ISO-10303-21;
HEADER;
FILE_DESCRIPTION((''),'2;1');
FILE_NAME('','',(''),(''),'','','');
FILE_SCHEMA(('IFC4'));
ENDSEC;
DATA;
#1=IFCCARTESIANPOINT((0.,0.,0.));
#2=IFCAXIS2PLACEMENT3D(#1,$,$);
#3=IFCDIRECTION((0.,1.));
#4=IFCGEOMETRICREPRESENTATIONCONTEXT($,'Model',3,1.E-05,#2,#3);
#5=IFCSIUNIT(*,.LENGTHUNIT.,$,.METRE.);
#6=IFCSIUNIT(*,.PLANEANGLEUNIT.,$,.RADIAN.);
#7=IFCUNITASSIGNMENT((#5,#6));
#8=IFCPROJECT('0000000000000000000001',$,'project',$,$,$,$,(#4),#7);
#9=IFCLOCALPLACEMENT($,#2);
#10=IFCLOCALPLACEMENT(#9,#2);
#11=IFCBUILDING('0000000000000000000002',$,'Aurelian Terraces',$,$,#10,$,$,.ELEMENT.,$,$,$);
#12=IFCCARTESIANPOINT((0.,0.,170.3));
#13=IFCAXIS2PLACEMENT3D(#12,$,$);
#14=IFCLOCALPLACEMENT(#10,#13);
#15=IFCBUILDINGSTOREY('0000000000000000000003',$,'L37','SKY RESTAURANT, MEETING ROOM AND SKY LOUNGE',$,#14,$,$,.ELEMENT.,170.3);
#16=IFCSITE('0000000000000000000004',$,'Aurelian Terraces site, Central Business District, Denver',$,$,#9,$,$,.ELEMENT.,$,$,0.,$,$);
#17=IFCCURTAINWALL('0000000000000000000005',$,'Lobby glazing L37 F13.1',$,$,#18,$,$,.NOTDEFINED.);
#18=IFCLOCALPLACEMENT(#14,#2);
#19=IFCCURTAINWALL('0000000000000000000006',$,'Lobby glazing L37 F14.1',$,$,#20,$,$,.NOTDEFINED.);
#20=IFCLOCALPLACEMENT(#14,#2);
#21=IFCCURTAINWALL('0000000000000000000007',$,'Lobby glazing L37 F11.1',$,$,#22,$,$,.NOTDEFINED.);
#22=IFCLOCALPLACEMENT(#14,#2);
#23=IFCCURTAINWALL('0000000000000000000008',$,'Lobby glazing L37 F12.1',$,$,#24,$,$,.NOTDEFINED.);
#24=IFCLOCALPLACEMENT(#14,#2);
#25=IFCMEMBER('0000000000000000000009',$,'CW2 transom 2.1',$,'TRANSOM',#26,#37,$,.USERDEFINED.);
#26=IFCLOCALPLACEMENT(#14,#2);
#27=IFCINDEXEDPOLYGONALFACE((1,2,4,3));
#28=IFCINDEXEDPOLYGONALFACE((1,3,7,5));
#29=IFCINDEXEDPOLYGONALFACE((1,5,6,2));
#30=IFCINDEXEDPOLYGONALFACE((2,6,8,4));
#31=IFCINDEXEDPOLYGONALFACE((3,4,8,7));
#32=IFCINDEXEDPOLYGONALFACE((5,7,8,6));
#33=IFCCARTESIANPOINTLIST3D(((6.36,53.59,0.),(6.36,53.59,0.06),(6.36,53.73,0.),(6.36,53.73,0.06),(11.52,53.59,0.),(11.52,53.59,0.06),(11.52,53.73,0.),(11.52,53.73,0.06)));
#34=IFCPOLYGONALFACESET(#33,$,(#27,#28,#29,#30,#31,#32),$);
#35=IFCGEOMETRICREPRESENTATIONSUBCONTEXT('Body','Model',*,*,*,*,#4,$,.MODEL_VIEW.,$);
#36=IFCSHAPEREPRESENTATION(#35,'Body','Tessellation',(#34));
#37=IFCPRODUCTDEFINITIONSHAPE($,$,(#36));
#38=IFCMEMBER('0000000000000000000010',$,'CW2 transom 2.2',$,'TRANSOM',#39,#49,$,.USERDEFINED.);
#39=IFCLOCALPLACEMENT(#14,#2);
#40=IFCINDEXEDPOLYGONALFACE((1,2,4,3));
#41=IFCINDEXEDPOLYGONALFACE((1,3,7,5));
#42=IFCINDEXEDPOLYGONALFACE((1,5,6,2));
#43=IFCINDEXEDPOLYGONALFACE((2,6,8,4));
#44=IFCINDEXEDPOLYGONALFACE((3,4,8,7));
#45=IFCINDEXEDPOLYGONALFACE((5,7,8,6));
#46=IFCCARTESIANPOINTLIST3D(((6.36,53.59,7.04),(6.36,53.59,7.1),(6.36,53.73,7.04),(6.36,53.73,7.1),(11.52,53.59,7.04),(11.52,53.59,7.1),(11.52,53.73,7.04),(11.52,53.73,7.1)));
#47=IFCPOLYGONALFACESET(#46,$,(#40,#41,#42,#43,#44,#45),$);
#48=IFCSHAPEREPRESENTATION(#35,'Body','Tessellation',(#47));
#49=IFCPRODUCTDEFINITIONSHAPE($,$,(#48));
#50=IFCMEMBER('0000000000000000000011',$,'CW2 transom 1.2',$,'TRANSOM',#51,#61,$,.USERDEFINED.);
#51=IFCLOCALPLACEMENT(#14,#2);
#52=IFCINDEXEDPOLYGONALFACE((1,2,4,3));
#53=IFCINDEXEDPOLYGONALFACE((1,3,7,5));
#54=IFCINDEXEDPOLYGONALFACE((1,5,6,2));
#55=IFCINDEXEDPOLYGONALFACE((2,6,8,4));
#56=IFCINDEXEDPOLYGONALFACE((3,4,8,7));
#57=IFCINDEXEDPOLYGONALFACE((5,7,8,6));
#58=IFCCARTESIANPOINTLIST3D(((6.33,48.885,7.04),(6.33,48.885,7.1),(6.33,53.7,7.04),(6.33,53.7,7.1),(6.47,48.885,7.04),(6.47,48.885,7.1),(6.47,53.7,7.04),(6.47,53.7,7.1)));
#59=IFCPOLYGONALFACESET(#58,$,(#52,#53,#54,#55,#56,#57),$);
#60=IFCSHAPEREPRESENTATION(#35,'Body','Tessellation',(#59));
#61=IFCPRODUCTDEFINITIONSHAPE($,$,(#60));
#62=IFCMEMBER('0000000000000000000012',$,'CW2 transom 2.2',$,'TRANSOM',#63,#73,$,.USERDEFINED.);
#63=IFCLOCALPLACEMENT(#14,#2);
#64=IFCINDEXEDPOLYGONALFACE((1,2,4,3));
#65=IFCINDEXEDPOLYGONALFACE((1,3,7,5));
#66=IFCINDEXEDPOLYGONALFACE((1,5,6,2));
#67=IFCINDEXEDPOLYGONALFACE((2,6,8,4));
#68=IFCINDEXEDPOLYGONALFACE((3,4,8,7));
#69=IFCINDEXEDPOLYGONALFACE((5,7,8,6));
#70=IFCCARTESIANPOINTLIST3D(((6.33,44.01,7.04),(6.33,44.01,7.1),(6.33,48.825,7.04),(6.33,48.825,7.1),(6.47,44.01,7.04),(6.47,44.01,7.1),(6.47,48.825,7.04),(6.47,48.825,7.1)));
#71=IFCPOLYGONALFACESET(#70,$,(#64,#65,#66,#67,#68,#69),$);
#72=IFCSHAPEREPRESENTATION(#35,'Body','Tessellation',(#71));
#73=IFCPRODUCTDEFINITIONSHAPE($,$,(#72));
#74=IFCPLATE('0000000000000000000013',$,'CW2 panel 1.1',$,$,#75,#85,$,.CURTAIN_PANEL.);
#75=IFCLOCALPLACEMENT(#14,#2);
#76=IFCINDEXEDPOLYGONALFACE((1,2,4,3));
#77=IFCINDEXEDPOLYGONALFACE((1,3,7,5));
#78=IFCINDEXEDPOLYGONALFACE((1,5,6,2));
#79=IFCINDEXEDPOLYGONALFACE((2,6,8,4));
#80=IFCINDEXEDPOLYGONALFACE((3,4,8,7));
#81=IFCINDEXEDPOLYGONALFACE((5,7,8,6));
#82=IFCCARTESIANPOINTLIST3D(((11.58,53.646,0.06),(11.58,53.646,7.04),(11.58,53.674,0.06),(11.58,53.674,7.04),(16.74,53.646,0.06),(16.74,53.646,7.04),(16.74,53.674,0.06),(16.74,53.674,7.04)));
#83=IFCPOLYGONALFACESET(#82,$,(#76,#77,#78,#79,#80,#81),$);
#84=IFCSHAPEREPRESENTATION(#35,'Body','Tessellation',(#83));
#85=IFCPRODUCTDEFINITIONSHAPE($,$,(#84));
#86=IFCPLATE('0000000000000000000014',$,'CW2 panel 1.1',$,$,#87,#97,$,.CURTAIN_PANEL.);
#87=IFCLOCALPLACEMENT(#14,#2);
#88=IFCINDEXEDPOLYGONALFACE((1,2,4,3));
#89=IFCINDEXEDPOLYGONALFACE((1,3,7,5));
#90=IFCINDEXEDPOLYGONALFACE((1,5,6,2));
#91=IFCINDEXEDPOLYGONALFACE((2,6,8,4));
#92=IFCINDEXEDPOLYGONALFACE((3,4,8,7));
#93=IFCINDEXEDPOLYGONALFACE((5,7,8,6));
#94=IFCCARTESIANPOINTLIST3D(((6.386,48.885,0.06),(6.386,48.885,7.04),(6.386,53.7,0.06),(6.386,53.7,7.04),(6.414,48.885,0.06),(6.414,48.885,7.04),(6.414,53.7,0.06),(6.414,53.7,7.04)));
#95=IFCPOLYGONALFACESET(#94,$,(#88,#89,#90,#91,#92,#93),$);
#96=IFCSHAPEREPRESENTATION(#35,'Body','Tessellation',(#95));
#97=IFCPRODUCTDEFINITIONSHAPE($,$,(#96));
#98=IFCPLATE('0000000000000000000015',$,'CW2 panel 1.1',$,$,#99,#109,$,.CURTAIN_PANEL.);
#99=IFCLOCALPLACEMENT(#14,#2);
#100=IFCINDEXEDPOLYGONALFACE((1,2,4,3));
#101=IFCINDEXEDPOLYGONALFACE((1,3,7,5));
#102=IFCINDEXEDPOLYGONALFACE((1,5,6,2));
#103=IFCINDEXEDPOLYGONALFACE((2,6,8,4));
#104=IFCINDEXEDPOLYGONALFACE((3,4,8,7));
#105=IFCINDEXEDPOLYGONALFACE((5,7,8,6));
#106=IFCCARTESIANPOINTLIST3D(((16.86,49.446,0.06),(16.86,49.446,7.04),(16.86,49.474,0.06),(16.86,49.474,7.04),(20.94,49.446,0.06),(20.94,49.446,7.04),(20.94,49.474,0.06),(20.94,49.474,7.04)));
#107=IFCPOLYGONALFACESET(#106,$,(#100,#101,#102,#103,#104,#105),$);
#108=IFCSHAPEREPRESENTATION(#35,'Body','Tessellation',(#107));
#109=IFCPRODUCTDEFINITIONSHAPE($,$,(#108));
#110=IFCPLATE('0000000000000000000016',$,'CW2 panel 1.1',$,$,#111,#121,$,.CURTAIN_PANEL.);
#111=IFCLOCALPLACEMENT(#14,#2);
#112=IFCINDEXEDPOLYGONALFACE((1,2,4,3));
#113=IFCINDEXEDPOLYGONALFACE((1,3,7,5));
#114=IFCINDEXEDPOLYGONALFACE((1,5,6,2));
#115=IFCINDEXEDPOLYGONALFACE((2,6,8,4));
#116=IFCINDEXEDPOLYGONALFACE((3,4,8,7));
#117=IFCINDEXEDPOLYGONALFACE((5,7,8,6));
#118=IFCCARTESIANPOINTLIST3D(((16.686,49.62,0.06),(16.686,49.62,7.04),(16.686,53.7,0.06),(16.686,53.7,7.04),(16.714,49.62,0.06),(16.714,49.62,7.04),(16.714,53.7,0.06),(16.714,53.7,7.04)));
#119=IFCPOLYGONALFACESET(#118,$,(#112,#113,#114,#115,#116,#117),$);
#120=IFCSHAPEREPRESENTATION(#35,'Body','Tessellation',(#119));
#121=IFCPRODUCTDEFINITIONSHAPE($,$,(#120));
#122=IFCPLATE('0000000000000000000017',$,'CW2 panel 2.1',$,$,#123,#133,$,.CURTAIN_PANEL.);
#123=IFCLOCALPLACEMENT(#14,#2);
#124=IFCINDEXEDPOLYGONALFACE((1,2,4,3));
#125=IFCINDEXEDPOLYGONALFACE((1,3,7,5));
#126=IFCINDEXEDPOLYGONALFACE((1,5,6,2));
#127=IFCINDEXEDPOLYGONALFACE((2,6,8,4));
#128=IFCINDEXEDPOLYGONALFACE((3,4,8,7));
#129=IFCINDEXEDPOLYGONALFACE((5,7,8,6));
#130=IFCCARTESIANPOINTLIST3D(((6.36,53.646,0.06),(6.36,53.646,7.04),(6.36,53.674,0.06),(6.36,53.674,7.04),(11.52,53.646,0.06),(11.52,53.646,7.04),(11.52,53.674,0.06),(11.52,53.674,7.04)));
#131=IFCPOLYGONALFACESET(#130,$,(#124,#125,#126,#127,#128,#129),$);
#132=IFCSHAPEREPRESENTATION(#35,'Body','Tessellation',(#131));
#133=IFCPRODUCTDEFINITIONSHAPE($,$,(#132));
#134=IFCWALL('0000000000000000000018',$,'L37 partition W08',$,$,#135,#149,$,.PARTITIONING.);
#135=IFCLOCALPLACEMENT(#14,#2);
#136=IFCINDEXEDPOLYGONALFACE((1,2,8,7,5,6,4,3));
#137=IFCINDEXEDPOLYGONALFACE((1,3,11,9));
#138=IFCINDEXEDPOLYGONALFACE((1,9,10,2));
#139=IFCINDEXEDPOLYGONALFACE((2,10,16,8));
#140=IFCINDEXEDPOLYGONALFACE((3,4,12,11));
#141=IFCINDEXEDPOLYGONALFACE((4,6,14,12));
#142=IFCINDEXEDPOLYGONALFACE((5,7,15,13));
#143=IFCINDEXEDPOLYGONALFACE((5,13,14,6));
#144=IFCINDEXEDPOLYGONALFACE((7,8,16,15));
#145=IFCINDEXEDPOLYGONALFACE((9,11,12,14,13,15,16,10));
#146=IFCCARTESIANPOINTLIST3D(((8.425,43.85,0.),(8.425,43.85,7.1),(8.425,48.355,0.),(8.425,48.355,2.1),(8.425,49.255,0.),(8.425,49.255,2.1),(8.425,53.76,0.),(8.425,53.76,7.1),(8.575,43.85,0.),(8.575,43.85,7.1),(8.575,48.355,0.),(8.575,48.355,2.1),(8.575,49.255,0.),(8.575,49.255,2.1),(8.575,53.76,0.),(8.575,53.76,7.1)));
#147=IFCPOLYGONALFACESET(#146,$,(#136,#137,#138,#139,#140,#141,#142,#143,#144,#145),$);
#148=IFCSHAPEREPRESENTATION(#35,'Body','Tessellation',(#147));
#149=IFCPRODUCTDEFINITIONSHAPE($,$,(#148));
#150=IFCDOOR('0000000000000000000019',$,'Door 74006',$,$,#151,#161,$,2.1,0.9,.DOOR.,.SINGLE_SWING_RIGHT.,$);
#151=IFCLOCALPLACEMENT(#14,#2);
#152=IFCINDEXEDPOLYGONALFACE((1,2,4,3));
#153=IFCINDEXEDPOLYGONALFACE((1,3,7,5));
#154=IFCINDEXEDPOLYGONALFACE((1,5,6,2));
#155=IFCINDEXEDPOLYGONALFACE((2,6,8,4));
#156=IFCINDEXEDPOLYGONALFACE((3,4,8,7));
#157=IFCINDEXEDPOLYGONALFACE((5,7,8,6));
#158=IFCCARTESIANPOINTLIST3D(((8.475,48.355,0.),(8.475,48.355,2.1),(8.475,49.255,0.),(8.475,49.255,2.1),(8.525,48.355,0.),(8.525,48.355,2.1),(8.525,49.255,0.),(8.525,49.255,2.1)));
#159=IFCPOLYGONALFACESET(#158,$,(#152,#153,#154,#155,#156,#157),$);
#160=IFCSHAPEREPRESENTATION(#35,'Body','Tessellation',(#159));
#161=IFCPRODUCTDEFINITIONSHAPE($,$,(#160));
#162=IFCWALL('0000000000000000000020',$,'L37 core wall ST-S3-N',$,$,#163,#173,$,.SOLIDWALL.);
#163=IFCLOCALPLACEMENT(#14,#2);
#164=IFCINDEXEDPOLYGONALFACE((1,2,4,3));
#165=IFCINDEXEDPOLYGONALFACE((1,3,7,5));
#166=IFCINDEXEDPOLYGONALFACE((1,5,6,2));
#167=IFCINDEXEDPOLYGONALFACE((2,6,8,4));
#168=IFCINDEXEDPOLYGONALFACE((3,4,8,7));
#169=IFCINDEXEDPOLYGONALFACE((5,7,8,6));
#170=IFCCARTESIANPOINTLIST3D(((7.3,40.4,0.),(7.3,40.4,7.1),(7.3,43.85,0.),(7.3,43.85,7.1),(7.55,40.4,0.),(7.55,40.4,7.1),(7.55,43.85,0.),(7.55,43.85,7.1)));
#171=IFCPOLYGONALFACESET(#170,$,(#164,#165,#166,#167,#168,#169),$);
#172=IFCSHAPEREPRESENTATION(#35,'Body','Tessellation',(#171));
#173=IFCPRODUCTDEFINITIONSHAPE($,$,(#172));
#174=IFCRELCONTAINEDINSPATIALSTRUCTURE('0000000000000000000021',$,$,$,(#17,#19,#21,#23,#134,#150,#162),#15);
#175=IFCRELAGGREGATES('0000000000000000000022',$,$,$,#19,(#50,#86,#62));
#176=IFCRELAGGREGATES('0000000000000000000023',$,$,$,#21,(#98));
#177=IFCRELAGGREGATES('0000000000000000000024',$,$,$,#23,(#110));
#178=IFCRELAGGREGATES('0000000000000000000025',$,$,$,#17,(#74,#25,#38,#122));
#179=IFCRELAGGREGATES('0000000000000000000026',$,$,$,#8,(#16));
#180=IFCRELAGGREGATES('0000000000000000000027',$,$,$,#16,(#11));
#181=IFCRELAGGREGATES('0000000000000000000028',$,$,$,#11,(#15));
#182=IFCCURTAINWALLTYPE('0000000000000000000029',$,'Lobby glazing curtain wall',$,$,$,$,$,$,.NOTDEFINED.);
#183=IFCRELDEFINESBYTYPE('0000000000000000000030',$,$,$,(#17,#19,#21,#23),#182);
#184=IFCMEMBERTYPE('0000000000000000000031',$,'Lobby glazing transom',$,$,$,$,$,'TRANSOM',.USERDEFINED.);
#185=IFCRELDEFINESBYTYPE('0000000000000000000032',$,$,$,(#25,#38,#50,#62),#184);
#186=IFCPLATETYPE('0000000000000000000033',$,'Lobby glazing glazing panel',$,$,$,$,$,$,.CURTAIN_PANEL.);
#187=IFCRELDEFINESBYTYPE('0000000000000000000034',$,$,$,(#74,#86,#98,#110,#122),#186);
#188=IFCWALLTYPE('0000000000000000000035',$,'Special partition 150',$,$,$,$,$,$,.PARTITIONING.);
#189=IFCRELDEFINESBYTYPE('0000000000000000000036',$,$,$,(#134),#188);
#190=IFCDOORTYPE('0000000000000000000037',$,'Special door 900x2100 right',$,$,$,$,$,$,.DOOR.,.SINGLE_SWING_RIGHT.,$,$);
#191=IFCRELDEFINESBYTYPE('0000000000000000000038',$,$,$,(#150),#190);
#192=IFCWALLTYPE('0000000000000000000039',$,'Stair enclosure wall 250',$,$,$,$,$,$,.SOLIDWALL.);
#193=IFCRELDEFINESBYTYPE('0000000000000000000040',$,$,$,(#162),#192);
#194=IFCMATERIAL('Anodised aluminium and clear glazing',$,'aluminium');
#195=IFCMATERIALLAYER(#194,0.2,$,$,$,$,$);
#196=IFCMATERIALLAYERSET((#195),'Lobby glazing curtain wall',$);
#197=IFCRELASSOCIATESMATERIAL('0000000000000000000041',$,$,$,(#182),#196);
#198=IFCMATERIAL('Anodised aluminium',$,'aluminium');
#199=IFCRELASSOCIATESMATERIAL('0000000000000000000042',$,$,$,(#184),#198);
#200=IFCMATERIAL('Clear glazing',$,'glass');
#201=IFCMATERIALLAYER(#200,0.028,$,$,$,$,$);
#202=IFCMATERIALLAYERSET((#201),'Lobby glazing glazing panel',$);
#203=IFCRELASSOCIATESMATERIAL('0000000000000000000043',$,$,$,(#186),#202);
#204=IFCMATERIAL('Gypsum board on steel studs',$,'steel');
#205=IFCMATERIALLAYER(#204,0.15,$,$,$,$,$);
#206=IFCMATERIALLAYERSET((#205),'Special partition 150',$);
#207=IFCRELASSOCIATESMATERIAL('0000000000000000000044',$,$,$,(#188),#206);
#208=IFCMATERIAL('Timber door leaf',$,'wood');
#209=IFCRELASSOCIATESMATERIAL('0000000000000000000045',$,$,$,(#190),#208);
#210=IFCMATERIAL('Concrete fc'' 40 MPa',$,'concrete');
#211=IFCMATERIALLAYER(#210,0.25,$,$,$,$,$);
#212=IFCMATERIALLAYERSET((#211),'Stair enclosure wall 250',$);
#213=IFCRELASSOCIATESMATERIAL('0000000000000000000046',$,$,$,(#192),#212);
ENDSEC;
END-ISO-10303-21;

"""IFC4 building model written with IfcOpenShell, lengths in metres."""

from ifc_helpers import new_model, si_unit, direction, frame, frame_2d, origin, origin_2d, place, context, subcontext, project, spatial, rectangle, extrude, source, transform, mapped, material, layer, layer_set, material_profile, profile_set, type_object, element, fill, aggregate, save


model = new_model("IFC4")

# Units and contexts
model_context = context("Model", 3, precision=1e-05, world=origin(), true_north=direction((0.0, 1.0)))
body_context = subcontext(model_context, "Body", "Model", "MODEL_VIEW")
ifc_project = project(units=[si_unit("LENGTHUNIT", "METRE"), si_unit("PLANEANGLEUNIT", "RADIAN")], contexts=[model_context])

# Site, building, storey
site_placement = place(None, origin())
site = spatial("IfcSite", under=ifc_project, at=site_placement, Name="Aurelian Terraces site, Central Business District, Denver", CompositionType="ELEMENT", RefElevation=0.0)
building_placement = place(site_placement, origin())
building = spatial("IfcBuilding", under=site, at=building_placement, Name="Aurelian Terraces", CompositionType="ELEMENT")
storey_placement = place(building_placement, frame((0.0, 0.0, 170.3)))
storey = spatial("IfcBuildingStorey", under=building, at=storey_placement, Name="L37", Description="SKY RESTAURANT, MEETING ROOM AND SKY LOUNGE", CompositionType="ELEMENT", Elevation=170.3)

# Curtain walls
ifc_material_1 = material(Name="Anodised aluminium and clear glazing", Category="aluminium")
ifc_layer_1 = layer(ifc_material_1, 0.2)
ifc_layer_set_1 = layer_set([ifc_layer_1], Name="Lobby glazing curtain wall")
curtain_wall_type = type_object("IfcCurtainWallType", Name="Lobby glazing curtain wall", PredefinedType="NOTDEFINED", material=ifc_layer_set_1)
curtain_wall_1_placement = place(storey_placement, origin())
curtain_wall_1 = element("IfcCurtainWall", 1, at=curtain_wall_1_placement, inside=storey, type_object=curtain_wall_type, Name="Lobby glazing L37 F13.1", PredefinedType="NOTDEFINED")
ifc_material_2 = material(Name="Anodised aluminium", Category="aluminium")
ifc_material_profile_1 = material_profile(ifc_material_2, rectangle(XDim=0.14, YDim=0.06, at=origin_2d()))
ifc_profile_set_1 = profile_set([ifc_material_profile_1], Name="Anodised aluminium")
member_type_1 = type_object("IfcMemberType", Name="Lobby glazing transom", ElementType="TRANSOM", PredefinedType="USERDEFINED", material=ifc_profile_set_1)
curtain_wall_2_placement = place(storey_placement, origin())
curtain_wall_2 = element("IfcCurtainWall", 2, at=curtain_wall_2_placement, inside=storey, type_object=curtain_wall_type, Name="Lobby glazing L37 F14.1", PredefinedType="NOTDEFINED")
curtain_wall_3_placement = place(storey_placement, origin())
curtain_wall_3 = element("IfcCurtainWall", 3, at=curtain_wall_3_placement, inside=storey, type_object=curtain_wall_type, Name="Lobby glazing L37 F11.1", PredefinedType="NOTDEFINED")

# Curtain wall
curtain_wall_4_placement = place(storey_placement, origin())
curtain_wall_4 = element("IfcCurtainWall", 4, at=curtain_wall_4_placement, inside=storey, type_object=curtain_wall_type, Name="Lobby glazing L37 F12.1", PredefinedType="NOTDEFINED")

# Members
shared_shape_1 = source(origin(), body_context, "Body", "SweptSolid", [
    extrude(rectangle(XDim=0.14, YDim=0.06, at=origin_2d()), origin(), (0.0, 0.0, 1.0), 5.16),
])
member_1_placement = place(storey_placement, frame((11.52, 53.66, 0.03), z_axis=(-1.0, 0.0, 0.0), x_axis=(0.0, -1.0, 0.0)))
member_1 = element("IfcMember", 5, at=member_1_placement, type_object=member_type_1, Name="CW2 transom 2.1", ObjectType="TRANSOM", PredefinedType="USERDEFINED", context=body_context, shape_type="MappedRepresentation", body=[
    mapped(shared_shape_1, transform((0.0, 0.0, 0.0), scale=1.0)),
])
member_2_placement = place(storey_placement, frame((11.52, 53.66, 7.07), z_axis=(-1.0, 0.0, 0.0), x_axis=(0.0, -1.0, 0.0)))
member_2 = element("IfcMember", 6, at=member_2_placement, type_object=member_type_1, Name="CW2 transom 2.2", ObjectType="TRANSOM", PredefinedType="USERDEFINED", context=body_context, shape_type="MappedRepresentation", body=[
    mapped(shared_shape_1, transform((0.0, 0.0, 0.0), scale=1.0)),
])
shared_shape_2 = source(origin(), body_context, "Body", "SweptSolid", [
    extrude(rectangle(XDim=0.14, YDim=0.06, at=origin_2d()), origin(), (0.0, 0.0, 1.0), 4.815),
])
member_3_placement = place(storey_placement, frame((6.4, 53.7, 7.07), z_axis=(0.0, -1.0, 0.0), x_axis=(1.0, 0.0, 0.0)))
member_3 = element("IfcMember", 7, at=member_3_placement, type_object=member_type_1, Name="CW2 transom 1.2", ObjectType="TRANSOM", PredefinedType="USERDEFINED", context=body_context, shape_type="MappedRepresentation", body=[
    mapped(shared_shape_2, transform((0.0, 0.0, 0.0), scale=1.0)),
])
member_4_placement = place(storey_placement, frame((6.4, 48.825, 7.07), z_axis=(0.0, -1.0, 0.0), x_axis=(1.0, 0.0, 0.0)))
member_4 = element("IfcMember", 8, at=member_4_placement, type_object=member_type_1, Name="CW2 transom 2.2", ObjectType="TRANSOM", PredefinedType="USERDEFINED", context=body_context, shape_type="MappedRepresentation", body=[
    mapped(shared_shape_2, transform((0.0, 0.0, 0.0), scale=1.0)),
])

# Plates
ifc_material_3 = material(Name="Clear glazing", Category="glass")
ifc_layer_2 = layer(ifc_material_3, 0.028)
ifc_layer_set_2 = layer_set([ifc_layer_2], Name="Lobby glazing glazing panel")
plate_type = type_object("IfcPlateType", Name="Lobby glazing glazing panel", PredefinedType="CURTAIN_PANEL", material=ifc_layer_set_2)
plate_1_placement = place(storey_placement, frame((14.16, 53.66, 0.06), z_axis=(0.0, 0.0, 1.0), x_axis=(-1.0, 0.0, 0.0)))
plate_1 = element("IfcPlate", 9, at=plate_1_placement, type_object=plate_type, Name="CW2 panel 1.1", PredefinedType="CURTAIN_PANEL", context=body_context, shape_type="SweptSolid", body=[
    extrude(rectangle(XDim=5.16, YDim=0.028, at=origin_2d()), origin(), (0.0, 0.0, 1.0), 6.98),
])
plate_2_placement = place(storey_placement, frame((6.4, 51.2925, 0.06), z_axis=(0.0, 0.0, 1.0), x_axis=(0.0, -1.0, 0.0)))
plate_2 = element("IfcPlate", 10, at=plate_2_placement, type_object=plate_type, Name="CW2 panel 1.1", PredefinedType="CURTAIN_PANEL", context=body_context, shape_type="SweptSolid", body=[
    extrude(rectangle(XDim=4.815, YDim=0.028, at=origin_2d()), origin(), (0.0, 0.0, 1.0), 6.98),
])
aggregate(curtain_wall_2, [member_3, plate_2, member_4])
shared_shape_3 = source(origin(), body_context, "Body", "SweptSolid", [
    extrude(rectangle(XDim=4.08, YDim=0.028, at=origin_2d()), origin(), (0.0, 0.0, 1.0), 6.98),
])
plate_3_placement = place(storey_placement, frame((18.9, 49.46, 0.06), z_axis=(0.0, 0.0, 1.0), x_axis=(-1.0, 0.0, 0.0)))
plate_3 = element("IfcPlate", 11, at=plate_3_placement, type_object=plate_type, Name="CW2 panel 1.1", PredefinedType="CURTAIN_PANEL", context=body_context, shape_type="MappedRepresentation", body=[
    mapped(shared_shape_3, transform((0.0, 0.0, 0.0), scale=1.0)),
])
aggregate(curtain_wall_3, [plate_3])
plate_4_placement = place(storey_placement, frame((16.7, 51.66, 0.06), z_axis=(0.0, 0.0, 1.0), x_axis=(0.0, 1.0, 0.0)))
plate_4 = element("IfcPlate", 12, at=plate_4_placement, type_object=plate_type, Name="CW2 panel 1.1", PredefinedType="CURTAIN_PANEL", context=body_context, shape_type="MappedRepresentation", body=[
    mapped(shared_shape_3, transform((0.0, 0.0, 0.0), scale=1.0)),
])
aggregate(curtain_wall_4, [plate_4])
shared_shape_4 = source(origin(), body_context, "Body", "SweptSolid", [
    extrude(rectangle(XDim=5.16, YDim=0.028, at=origin_2d()), origin(), (0.0, 0.0, 1.0), 6.98),
])
plate_5_placement = place(storey_placement, frame((8.94, 53.66, 0.06), z_axis=(0.0, 0.0, 1.0), x_axis=(-1.0, 0.0, 0.0)))
plate_5 = element("IfcPlate", 13, at=plate_5_placement, type_object=plate_type, Name="CW2 panel 2.1", PredefinedType="CURTAIN_PANEL", context=body_context, shape_type="MappedRepresentation", body=[
    mapped(shared_shape_4, transform((0.0, 0.0, 0.0), scale=1.0)),
])
aggregate(curtain_wall_1, [plate_1, member_1, member_2, plate_5])

# Wall, opening, door
ifc_material_4 = material(Name="Gypsum board on steel studs", Category="steel")
ifc_layer_3 = layer(ifc_material_4, 0.15)
ifc_layer_set_3 = layer_set([ifc_layer_3], Name="Special partition 150")
wall_type_1 = type_object("IfcWallType", Name="Special partition 150", PredefinedType="PARTITIONING", material=ifc_layer_set_3)
wall_1_placement = place(storey_placement, frame((8.5, 43.85, 0.0), z_axis=(0.0, 0.0, 1.0), x_axis=(0.0, 1.0, 0.0)))
wall_1 = element("IfcWall", 14, at=wall_1_placement, inside=storey, type_object=wall_type_1, Name="L37 partition W08", PredefinedType="PARTITIONING", context=body_context, shape_type="SweptSolid", body=[
    extrude(rectangle(XDim=9.91, YDim=0.15, at=frame_2d((4.955, 0.0))), origin(), (0.0, 0.0, 1.0), 7.1),
])
shared_shape_5 = source(origin(), body_context, "Body", "SweptSolid", [
    extrude(rectangle(XDim=0.9, YDim=2.1, at=frame_2d((0.45, 1.05))), frame((0.0, 0.085, 0.0), z_axis=(0.0, -1.0, 0.0), x_axis=(1.0, 0.0, 0.0)), (0.0, 0.0, 1.0), 0.17),
])
opening_placement = place(wall_1_placement, frame((4.505, 0.0, 0.0)))
opening = element("IfcOpeningElement", 15, at=opening_placement, cuts=wall_1, PredefinedType="OPENING", context=body_context, shape_type="MappedRepresentation", body=[
    mapped(shared_shape_5, transform((0.0, 0.0, 0.0), scale=1.0)),
])
ifc_material_5 = material(Name="Timber door leaf", Category="wood")
door_type = type_object("IfcDoorType", Name="Special door 900x2100 right", OperationType="SINGLE_SWING_RIGHT", PredefinedType="DOOR", material=ifc_material_5)
shared_shape_6 = source(origin(), body_context, "Body", "SweptSolid", [
    extrude(rectangle(XDim=0.9, YDim=2.1, at=frame_2d((0.45, 1.05))), frame((0.0, 0.025, 0.0), z_axis=(0.0, -1.0, 0.0), x_axis=(1.0, 0.0, 0.0)), (0.0, 0.0, 1.0), 0.05),
])
door_placement = place(opening_placement, origin())
door = element("IfcDoor", 16, at=door_placement, inside=storey, type_object=door_type, Name="Door 74006", OperationType="SINGLE_SWING_RIGHT", OverallHeight=2.1, OverallWidth=0.9, PredefinedType="DOOR", context=body_context, shape_type="MappedRepresentation", body=[
    mapped(shared_shape_6, transform((0.0, 0.0, 0.0), scale=1.0)),
])
fill(opening, door)

# Wall
ifc_material_6 = material(Name="Concrete fc' 40 MPa", Category="concrete")
ifc_layer_4 = layer(ifc_material_6, 0.25)
ifc_layer_set_4 = layer_set([ifc_layer_4], Name="Stair enclosure wall 250")
wall_type_2 = type_object("IfcWallType", Name="Stair enclosure wall 250", PredefinedType="SOLIDWALL", material=ifc_layer_set_4)
shared_shape_7 = source(origin(), body_context, "Body", "SweptSolid", [
    extrude(rectangle(XDim=3.45, YDim=0.25, at=frame_2d((1.725, 0.0))), origin(), (0.0, 0.0, 1.0), 7.1),
])
wall_2_placement = place(storey_placement, frame((7.425, 40.4, 0.0), z_axis=(0.0, 0.0, 1.0), x_axis=(0.0, 1.0, 0.0)))
element("IfcWall", 17, at=wall_2_placement, inside=storey, type_object=wall_type_2, Name="L37 core wall ST-S3-N", PredefinedType="SOLIDWALL", context=body_context, shape_type="MappedRepresentation", body=[
    mapped(shared_shape_7, transform((0.0, 0.0, 0.0), scale=1.0)),
])

save(model, "model.ifc")
